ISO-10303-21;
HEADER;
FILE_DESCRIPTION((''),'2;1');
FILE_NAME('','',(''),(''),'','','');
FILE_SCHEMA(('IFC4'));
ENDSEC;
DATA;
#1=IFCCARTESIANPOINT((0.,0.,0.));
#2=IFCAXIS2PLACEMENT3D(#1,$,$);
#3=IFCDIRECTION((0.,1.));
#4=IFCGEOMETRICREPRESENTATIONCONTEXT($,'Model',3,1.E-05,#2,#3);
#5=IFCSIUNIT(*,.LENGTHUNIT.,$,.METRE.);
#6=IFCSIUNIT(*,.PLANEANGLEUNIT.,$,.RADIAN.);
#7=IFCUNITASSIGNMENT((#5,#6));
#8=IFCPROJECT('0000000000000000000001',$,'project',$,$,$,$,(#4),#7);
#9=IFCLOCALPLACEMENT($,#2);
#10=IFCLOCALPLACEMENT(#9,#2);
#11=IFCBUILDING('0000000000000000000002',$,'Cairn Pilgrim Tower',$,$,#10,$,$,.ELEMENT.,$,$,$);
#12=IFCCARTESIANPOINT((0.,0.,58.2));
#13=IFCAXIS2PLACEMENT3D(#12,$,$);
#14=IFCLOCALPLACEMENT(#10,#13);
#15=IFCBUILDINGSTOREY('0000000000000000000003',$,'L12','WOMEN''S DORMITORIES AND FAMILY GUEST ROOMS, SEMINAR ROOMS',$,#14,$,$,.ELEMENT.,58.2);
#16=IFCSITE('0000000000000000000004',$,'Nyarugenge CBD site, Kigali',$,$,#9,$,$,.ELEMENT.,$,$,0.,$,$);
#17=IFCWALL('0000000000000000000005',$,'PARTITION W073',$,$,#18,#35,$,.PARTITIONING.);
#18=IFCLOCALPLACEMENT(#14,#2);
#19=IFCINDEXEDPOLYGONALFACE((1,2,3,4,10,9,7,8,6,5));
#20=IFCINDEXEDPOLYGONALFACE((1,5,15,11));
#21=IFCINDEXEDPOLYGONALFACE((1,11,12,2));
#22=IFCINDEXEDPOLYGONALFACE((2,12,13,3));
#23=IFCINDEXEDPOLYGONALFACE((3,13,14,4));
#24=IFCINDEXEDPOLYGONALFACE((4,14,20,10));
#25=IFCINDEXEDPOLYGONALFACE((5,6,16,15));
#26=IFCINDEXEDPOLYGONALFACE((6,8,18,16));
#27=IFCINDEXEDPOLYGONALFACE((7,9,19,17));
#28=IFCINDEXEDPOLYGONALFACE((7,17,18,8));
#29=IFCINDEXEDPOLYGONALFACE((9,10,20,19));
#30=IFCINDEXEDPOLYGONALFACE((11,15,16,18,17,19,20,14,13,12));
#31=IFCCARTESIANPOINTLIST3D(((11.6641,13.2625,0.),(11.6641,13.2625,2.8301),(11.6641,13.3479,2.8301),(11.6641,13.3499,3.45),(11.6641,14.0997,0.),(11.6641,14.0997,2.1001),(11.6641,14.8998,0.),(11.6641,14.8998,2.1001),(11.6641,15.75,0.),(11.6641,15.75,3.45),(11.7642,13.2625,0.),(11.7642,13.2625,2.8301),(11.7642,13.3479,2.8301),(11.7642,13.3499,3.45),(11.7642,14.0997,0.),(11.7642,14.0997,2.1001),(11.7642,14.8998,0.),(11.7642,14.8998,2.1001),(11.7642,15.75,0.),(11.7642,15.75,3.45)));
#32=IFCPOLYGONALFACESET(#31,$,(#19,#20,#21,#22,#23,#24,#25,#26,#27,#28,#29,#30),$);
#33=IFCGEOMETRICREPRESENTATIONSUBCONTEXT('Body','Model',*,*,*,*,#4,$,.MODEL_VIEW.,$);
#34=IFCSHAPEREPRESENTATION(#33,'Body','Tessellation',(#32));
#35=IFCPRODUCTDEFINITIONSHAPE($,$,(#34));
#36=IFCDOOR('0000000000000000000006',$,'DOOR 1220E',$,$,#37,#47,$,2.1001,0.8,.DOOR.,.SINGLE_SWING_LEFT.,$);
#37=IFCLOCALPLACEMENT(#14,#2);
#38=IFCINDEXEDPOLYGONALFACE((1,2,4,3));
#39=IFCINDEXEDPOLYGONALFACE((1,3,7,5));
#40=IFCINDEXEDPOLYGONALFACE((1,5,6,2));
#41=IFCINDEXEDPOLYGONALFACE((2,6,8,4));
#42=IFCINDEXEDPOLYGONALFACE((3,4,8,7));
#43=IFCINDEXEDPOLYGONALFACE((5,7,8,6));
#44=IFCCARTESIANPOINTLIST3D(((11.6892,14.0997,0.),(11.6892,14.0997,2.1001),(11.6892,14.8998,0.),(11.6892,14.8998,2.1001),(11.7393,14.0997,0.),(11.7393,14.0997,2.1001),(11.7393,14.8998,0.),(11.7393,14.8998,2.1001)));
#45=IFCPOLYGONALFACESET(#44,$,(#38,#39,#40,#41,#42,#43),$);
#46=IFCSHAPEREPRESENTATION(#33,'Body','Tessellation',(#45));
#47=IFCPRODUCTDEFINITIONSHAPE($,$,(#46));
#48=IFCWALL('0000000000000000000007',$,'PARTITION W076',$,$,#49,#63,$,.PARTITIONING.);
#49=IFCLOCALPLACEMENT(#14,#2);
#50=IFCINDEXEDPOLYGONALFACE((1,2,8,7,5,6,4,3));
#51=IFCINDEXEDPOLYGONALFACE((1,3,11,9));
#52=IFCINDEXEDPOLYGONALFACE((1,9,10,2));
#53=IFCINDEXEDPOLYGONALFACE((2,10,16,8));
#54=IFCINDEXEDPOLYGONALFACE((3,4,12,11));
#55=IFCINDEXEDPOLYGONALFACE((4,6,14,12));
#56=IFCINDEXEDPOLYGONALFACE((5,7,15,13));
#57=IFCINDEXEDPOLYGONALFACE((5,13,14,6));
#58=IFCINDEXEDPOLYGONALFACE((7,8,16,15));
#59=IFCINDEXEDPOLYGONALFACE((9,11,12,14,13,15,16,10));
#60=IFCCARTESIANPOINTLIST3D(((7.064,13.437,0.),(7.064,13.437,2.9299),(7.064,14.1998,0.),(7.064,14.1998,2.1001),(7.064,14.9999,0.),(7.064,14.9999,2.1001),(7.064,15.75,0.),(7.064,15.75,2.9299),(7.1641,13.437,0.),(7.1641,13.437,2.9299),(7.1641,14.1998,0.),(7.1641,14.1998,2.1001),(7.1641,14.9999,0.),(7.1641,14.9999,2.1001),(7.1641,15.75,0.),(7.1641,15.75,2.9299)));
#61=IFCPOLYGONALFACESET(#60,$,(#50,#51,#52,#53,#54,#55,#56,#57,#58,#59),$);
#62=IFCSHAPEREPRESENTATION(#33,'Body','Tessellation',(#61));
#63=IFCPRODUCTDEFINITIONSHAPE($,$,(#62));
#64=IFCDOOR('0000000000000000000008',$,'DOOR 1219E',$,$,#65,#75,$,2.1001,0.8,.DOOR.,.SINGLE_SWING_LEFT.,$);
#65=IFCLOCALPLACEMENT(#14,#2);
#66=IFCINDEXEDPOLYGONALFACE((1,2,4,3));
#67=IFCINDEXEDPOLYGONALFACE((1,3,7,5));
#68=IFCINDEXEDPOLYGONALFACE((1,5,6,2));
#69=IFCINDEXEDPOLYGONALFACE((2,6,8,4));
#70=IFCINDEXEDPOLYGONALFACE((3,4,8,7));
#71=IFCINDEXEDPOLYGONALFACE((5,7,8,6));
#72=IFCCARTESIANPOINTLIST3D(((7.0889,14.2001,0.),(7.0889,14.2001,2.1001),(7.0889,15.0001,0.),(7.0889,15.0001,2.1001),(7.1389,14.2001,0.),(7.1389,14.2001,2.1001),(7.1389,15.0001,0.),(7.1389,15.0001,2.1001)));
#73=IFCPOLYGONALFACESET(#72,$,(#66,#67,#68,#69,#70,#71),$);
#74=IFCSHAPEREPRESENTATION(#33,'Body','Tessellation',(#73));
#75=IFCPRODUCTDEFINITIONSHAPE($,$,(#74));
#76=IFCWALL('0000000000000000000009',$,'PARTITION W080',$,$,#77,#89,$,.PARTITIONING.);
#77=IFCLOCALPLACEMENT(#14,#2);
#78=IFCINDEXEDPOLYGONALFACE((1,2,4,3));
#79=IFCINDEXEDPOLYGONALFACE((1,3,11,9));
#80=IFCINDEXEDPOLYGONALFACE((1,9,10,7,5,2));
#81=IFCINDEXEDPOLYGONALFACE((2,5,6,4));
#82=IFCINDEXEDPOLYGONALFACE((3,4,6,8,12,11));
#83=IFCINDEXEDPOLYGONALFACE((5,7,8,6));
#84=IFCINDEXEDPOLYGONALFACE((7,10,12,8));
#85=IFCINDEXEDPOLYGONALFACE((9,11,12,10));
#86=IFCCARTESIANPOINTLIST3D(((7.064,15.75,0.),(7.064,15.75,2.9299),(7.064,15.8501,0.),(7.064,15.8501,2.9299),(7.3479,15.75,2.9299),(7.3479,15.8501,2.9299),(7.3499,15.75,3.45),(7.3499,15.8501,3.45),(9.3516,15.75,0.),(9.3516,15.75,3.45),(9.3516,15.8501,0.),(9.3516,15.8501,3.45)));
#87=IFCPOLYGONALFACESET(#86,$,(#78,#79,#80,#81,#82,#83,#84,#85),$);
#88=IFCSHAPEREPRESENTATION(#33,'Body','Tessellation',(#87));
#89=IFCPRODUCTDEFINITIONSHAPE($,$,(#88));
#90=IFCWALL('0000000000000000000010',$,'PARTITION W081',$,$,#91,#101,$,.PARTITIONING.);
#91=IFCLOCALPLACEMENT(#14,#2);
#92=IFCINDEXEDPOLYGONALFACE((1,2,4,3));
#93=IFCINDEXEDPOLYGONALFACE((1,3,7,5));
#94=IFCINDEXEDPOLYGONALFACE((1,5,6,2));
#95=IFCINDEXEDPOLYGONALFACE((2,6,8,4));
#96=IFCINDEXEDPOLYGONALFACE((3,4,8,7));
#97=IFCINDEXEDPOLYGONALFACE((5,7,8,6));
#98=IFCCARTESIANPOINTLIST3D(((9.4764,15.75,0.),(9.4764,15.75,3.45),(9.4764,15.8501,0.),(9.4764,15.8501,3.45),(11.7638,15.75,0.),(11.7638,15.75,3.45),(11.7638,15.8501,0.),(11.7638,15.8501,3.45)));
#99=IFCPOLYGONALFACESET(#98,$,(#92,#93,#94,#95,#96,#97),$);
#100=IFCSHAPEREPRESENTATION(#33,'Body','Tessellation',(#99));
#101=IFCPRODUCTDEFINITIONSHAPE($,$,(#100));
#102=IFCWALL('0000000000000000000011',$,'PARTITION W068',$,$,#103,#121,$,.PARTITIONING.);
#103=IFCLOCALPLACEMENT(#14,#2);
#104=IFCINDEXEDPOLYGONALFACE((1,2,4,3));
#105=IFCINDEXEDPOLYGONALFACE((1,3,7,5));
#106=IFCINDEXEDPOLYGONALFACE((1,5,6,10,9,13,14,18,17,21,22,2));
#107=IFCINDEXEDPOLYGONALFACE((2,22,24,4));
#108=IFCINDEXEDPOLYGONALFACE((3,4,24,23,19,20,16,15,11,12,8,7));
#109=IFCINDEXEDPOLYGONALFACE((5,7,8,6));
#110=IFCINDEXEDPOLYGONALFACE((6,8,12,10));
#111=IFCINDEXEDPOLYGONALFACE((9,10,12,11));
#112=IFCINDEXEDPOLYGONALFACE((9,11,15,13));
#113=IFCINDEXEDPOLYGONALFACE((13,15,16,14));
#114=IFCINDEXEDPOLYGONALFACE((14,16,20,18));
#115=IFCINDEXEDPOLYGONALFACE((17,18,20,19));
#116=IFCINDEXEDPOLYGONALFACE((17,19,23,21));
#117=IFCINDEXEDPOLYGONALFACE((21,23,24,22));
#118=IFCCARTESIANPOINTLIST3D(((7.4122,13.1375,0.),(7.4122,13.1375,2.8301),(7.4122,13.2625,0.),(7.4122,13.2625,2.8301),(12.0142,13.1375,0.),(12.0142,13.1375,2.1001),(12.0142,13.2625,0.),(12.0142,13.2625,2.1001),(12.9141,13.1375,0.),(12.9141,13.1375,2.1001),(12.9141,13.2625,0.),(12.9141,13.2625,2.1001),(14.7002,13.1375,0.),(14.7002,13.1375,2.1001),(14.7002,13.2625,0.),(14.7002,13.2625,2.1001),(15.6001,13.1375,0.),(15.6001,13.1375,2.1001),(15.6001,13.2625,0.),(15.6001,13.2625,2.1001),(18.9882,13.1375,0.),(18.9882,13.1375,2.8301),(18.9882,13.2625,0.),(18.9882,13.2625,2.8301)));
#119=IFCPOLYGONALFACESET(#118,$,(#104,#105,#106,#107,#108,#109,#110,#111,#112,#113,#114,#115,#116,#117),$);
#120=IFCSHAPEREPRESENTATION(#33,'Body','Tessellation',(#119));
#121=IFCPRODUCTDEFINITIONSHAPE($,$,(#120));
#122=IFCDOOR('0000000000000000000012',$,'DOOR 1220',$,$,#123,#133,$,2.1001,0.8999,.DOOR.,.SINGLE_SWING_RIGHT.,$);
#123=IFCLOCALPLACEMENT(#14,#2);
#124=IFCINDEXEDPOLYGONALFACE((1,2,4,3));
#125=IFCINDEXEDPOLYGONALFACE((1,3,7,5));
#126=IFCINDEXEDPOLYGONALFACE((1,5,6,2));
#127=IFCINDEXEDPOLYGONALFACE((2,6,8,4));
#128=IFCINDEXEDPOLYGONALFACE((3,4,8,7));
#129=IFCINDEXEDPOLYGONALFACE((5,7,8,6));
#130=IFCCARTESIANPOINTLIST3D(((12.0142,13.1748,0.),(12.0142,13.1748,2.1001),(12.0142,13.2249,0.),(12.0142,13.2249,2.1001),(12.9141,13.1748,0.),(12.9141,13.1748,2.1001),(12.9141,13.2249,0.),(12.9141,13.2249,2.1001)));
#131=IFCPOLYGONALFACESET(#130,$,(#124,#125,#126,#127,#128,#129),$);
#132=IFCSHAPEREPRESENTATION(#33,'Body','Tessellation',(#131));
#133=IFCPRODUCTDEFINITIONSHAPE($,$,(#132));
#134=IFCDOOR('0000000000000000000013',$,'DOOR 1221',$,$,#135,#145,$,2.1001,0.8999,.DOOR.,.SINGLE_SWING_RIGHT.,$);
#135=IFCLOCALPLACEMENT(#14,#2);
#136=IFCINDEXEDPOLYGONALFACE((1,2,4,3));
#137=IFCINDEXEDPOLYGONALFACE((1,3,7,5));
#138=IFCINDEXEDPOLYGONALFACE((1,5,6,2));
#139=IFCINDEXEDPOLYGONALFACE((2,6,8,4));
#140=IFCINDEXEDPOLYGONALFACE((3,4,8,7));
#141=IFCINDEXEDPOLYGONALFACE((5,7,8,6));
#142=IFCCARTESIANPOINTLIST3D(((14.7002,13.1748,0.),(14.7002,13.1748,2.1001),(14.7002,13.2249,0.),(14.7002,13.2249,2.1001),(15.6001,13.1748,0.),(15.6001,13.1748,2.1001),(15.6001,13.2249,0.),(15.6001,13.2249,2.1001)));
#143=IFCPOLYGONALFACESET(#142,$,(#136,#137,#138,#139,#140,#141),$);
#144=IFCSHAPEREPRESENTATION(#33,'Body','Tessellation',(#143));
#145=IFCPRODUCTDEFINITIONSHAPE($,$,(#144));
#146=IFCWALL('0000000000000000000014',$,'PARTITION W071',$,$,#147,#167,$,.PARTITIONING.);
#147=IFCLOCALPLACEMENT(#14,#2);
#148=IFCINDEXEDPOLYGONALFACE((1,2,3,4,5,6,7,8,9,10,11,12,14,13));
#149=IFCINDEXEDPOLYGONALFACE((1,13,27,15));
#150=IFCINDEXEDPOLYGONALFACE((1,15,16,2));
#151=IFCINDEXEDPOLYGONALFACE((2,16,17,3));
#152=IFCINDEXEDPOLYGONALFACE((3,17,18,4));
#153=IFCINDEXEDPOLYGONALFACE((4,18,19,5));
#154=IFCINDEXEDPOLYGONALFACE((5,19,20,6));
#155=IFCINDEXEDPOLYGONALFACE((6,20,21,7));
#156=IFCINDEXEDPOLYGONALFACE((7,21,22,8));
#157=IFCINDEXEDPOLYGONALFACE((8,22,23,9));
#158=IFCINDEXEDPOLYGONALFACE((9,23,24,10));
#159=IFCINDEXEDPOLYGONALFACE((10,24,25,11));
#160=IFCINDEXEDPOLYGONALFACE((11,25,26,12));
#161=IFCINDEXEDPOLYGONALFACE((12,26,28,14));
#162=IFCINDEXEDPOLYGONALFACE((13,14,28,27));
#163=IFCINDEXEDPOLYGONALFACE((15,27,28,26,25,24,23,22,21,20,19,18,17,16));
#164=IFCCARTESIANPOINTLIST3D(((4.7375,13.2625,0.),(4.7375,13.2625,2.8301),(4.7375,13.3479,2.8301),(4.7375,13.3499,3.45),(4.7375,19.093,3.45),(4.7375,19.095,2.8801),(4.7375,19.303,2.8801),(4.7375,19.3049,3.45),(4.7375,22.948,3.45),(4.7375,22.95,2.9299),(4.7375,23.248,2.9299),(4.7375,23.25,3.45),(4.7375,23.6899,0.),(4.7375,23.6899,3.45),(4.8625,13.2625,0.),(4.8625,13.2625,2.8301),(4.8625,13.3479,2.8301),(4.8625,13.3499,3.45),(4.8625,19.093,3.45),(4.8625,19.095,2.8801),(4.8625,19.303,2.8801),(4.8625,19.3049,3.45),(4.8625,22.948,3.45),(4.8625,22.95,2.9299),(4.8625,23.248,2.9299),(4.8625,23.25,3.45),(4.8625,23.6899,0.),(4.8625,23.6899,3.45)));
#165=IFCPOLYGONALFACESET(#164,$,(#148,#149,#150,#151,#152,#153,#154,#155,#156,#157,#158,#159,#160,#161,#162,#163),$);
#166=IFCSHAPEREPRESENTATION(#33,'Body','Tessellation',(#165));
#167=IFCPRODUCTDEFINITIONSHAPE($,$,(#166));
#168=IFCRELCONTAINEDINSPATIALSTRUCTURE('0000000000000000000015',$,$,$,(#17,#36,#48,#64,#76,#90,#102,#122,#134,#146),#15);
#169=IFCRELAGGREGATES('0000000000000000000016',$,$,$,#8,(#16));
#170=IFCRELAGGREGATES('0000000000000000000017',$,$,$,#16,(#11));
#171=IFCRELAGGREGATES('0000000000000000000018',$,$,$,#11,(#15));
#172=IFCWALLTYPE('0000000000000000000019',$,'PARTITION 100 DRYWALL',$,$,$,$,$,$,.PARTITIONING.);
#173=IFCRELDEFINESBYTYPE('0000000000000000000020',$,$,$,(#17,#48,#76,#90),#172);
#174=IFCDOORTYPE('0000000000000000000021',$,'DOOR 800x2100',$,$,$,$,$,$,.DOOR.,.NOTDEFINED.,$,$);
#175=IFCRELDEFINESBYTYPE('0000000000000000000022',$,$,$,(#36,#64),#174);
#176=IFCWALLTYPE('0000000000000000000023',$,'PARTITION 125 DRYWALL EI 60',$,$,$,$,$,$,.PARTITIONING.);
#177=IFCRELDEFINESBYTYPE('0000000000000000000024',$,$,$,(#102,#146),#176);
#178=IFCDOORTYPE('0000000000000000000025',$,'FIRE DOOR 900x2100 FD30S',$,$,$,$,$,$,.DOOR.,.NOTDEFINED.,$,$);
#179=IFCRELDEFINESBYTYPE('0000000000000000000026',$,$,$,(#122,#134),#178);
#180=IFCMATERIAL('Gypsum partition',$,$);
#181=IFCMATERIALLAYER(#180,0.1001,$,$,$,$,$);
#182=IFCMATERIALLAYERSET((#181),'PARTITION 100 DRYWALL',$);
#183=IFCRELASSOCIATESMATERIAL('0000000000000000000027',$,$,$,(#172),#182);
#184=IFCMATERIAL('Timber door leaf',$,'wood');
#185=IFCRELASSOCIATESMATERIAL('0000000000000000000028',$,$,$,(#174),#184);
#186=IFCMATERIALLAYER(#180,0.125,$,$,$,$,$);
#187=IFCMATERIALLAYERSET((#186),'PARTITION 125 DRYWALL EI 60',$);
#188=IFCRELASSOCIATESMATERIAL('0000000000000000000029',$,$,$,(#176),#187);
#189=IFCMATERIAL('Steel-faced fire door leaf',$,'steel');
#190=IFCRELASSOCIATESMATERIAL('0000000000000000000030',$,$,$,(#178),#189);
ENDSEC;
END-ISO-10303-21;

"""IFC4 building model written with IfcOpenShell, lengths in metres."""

from ifc_helpers import new_model, si_unit, direction, frame, frame_2d, origin, place, context, subcontext, project, spatial, polyline, rectangle, outline, extrude, material, layer, layer_set, type_object, element, fill, save


model = new_model("IFC4")

# Units and contexts
model_context = context("Model", 3, precision=1e-05, world=origin(), true_north=direction((0.0, 1.0)))
body_context = subcontext(model_context, "Body", "Model", "MODEL_VIEW")
ifc_project = project(units=[si_unit("LENGTHUNIT", "METRE"), si_unit("PLANEANGLEUNIT", "RADIAN")], contexts=[model_context])

# Site, building, storey
site_placement = place(None, origin())
site = spatial("IfcSite", under=ifc_project, at=site_placement, Name="Nyarugenge CBD site, Kigali", CompositionType="ELEMENT", RefElevation=0.0)
building_placement = place(site_placement, origin())
building = spatial("IfcBuilding", under=site, at=building_placement, Name="Cairn Pilgrim Tower", CompositionType="ELEMENT")
storey_placement = place(building_placement, frame((0.0, 0.0, 58.2)))
storey = spatial("IfcBuildingStorey", under=building, at=storey_placement, Name="L12", Description="WOMEN'S DORMITORIES AND FAMILY GUEST ROOMS, SEMINAR ROOMS", CompositionType="ELEMENT", Elevation=58.2)

# Walls, openings, doors
ifc_material_1 = material(Name="Gypsum partition")
ifc_layer_1 = layer(ifc_material_1, 0.1001)
ifc_layer_set_1 = layer_set([ifc_layer_1], Name="PARTITION 100 DRYWALL")
wall_type_1 = type_object("IfcWallType", Name="PARTITION 100 DRYWALL", PredefinedType="PARTITIONING", material=ifc_layer_set_1)
wall_1_placement = place(storey_placement, frame((11.7141, 13.2625, 0.0), z_axis=(0.0, 0.0, 1.0), x_axis=(0.0, 1.0, 0.0)))
wall_1 = element("IfcWall", 1, at=wall_1_placement, inside=storey, type_object=wall_type_1, Name="PARTITION W073", PredefinedType="PARTITIONING", context=body_context, shape_type="SweptSolid", body=[
    extrude(outline(polyline([(0.0, 0.0), (2.4875, 0.0), (2.4875, 3.45), (0.0874, 3.45), (0.0854, 2.8301), (0.0, 2.8301), (0.0, 0.0)])), frame((0.0, 0.05, 0.0), z_axis=(0.0, -1.0, 0.0), x_axis=(1.0, 0.0, 0.0)), (0.0, 0.0, 1.0), 0.1001),
])
opening_1_placement = place(wall_1_placement, frame((0.8374, 0.0, 0.0)))
opening_1 = element("IfcOpeningElement", 2, at=opening_1_placement, cuts=wall_1, PredefinedType="OPENING", context=body_context, shape_type="SweptSolid", body=[
    extrude(rectangle(XDim=0.8, YDim=2.1001, at=frame_2d((0.3999, 1.05))), frame((0.0, 0.0601, 0.0), z_axis=(0.0, -1.0, 0.0), x_axis=(1.0, 0.0, 0.0)), (0.0, 0.0, 1.0), 0.1201),
])
ifc_material_2 = material(Name="Timber door leaf", Category="wood")
door_type_1 = type_object("IfcDoorType", Name="DOOR 800x2100", OperationType="NOTDEFINED", PredefinedType="DOOR", material=ifc_material_2)
door_1_placement = place(opening_1_placement, origin())
door_1 = element("IfcDoor", 3, at=door_1_placement, inside=storey, type_object=door_type_1, Name="DOOR 1220E", OperationType="SINGLE_SWING_LEFT", OverallHeight=2.1001, OverallWidth=0.8, PredefinedType="DOOR", context=body_context, shape_type="SweptSolid", body=[
    extrude(rectangle(XDim=0.8, YDim=2.1001, at=frame_2d((0.3999, 1.05))), frame((0.0, 0.0249, 0.0), z_axis=(0.0, -1.0, 0.0), x_axis=(1.0, 0.0, 0.0)), (0.0, 0.0, 1.0), 0.05),
])
fill(opening_1, door_1)
wall_2_placement = place(storey_placement, frame((7.114, 13.437, 0.0), z_axis=(0.0, 0.0, 1.0), x_axis=(0.0, 1.0, 0.0)))
wall_2 = element("IfcWall", 4, at=wall_2_placement, inside=storey, type_object=wall_type_1, Name="PARTITION W076", PredefinedType="PARTITIONING", context=body_context, shape_type="SweptSolid", body=[
    extrude(rectangle(XDim=2.313, YDim=0.1001, at=frame_2d((1.1565, 0.0))), origin(), (0.0, 0.0, 1.0), 2.9299),
])
opening_2_placement = place(wall_2_placement, frame((0.7629, 0.0, 0.0)))
opening_2 = element("IfcOpeningElement", 5, at=opening_2_placement, cuts=wall_2, PredefinedType="OPENING", context=body_context, shape_type="SweptSolid", body=[
    extrude(rectangle(XDim=0.8, YDim=2.1001, at=frame_2d((0.3999, 1.05))), frame((0.0, 0.0601, 0.0), z_axis=(0.0, -1.0, 0.0), x_axis=(1.0, 0.0, 0.0)), (0.0, 0.0, 1.0), 0.1201),
])
door_2_placement = place(opening_2_placement, frame((0.8, 0.0, 0.0), z_axis=(0.0, 0.0, 1.0), x_axis=(-1.0, 0.0, 0.0)))
door_2 = element("IfcDoor", 6, at=door_2_placement, inside=storey, type_object=door_type_1, Name="DOOR 1219E", OperationType="SINGLE_SWING_LEFT", OverallHeight=2.1001, OverallWidth=0.8, PredefinedType="DOOR", context=body_context, shape_type="SweptSolid", body=[
    extrude(rectangle(XDim=0.8, YDim=2.1001, at=frame_2d((0.3999, 1.05))), frame((0.0, 0.0249, 0.0), z_axis=(0.0, -1.0, 0.0), x_axis=(1.0, 0.0, 0.0)), (0.0, 0.0, 1.0), 0.05),
])
fill(opening_2, door_2)

# Walls
wall_3_placement = place(storey_placement, frame((7.064, 15.8, 0.0), z_axis=(0.0, 0.0, 1.0), x_axis=(1.0, 0.0, 0.0)))
element("IfcWall", 7, at=wall_3_placement, inside=storey, type_object=wall_type_1, Name="PARTITION W080", PredefinedType="PARTITIONING", context=body_context, shape_type="SweptSolid", body=[
    extrude(outline(polyline([(0.0, 0.0), (2.2876, 0.0), (2.2876, 3.45), (0.2859, 3.45), (0.2839, 2.9299), (0.0, 2.9299), (0.0, 0.0)])), frame((0.0, 0.05, 0.0), z_axis=(0.0, -1.0, 0.0), x_axis=(1.0, 0.0, 0.0)), (0.0, 0.0, 1.0), 0.1001),
])
wall_4_placement = place(storey_placement, frame((9.4766, 15.8, 0.0), z_axis=(0.0, 0.0, 1.0), x_axis=(1.0, 0.0, 0.0)))
element("IfcWall", 8, at=wall_4_placement, inside=storey, type_object=wall_type_1, Name="PARTITION W081", PredefinedType="PARTITIONING", context=body_context, shape_type="SweptSolid", body=[
    extrude(rectangle(XDim=2.2874, YDim=0.1001, at=frame_2d((1.1436, 0.0))), origin(), (0.0, 0.0, 1.0), 3.45),
])

# Wall, openings, doors
ifc_layer_2 = layer(ifc_material_1, 0.125)
ifc_layer_set_2 = layer_set([ifc_layer_2], Name="PARTITION 125 DRYWALL EI 60")
wall_type_2 = type_object("IfcWallType", Name="PARTITION 125 DRYWALL EI 60", PredefinedType="PARTITIONING", material=ifc_layer_set_2)
wall_5_placement = place(storey_placement, frame((7.4121, 13.2, 0.0), z_axis=(0.0, 0.0, 1.0), x_axis=(1.0, 0.0, 0.0)))
wall_5 = element("IfcWall", 9, at=wall_5_placement, inside=storey, type_object=wall_type_2, Name="PARTITION W068", PredefinedType="PARTITIONING", context=body_context, shape_type="SweptSolid", body=[
    extrude(rectangle(XDim=11.5759, YDim=0.125, at=frame_2d((5.7881, 0.0))), origin(), (0.0, 0.0, 1.0), 2.8301),
])
opening_3_placement = place(wall_5_placement, frame((4.6021, 0.0, 0.0)))
opening_3 = element("IfcOpeningElement", 10, at=opening_3_placement, cuts=wall_5, PredefinedType="OPENING", context=body_context, shape_type="SweptSolid", body=[
    extrude(rectangle(XDim=0.8999, YDim=2.1001, at=frame_2d((0.45, 1.05))), frame((0.0, 0.0725, 0.0), z_axis=(0.0, -1.0, 0.0), x_axis=(1.0, 0.0, 0.0)), (0.0, 0.0, 1.0), 0.145),
])
opening_4_placement = place(wall_5_placement, frame((7.2881, 0.0, 0.0)))
opening_4 = element("IfcOpeningElement", 11, at=opening_4_placement, cuts=wall_5, PredefinedType="OPENING", context=body_context, shape_type="SweptSolid", body=[
    extrude(rectangle(XDim=0.8999, YDim=2.1001, at=frame_2d((0.45, 1.05))), frame((0.0, 0.0725, 0.0), z_axis=(0.0, -1.0, 0.0), x_axis=(1.0, 0.0, 0.0)), (0.0, 0.0, 1.0), 0.145),
])
ifc_material_3 = material(Name="Steel-faced fire door leaf", Category="steel")
door_type_2 = type_object("IfcDoorType", Name="FIRE DOOR 900x2100 FD30S", OperationType="NOTDEFINED", PredefinedType="DOOR", material=ifc_material_3)
door_3_placement = place(opening_3_placement, origin())
door_3 = element("IfcDoor", 12, at=door_3_placement, inside=storey, type_object=door_type_2, Name="DOOR 1220", OperationType="SINGLE_SWING_RIGHT", OverallHeight=2.1001, OverallWidth=0.8999, PredefinedType="DOOR", context=body_context, shape_type="SweptSolid", body=[
    extrude(rectangle(XDim=0.8999, YDim=2.1001, at=frame_2d((0.45, 1.05))), frame((0.0, 0.0249, 0.0), z_axis=(0.0, -1.0, 0.0), x_axis=(1.0, 0.0, 0.0)), (0.0, 0.0, 1.0), 0.05),
])
fill(opening_3, door_3)
door_4_placement = place(opening_4_placement, origin())
door_4 = element("IfcDoor", 13, at=door_4_placement, inside=storey, type_object=door_type_2, Name="DOOR 1221", OperationType="SINGLE_SWING_RIGHT", OverallHeight=2.1001, OverallWidth=0.8999, PredefinedType="DOOR", context=body_context, shape_type="SweptSolid", body=[
    extrude(rectangle(XDim=0.8999, YDim=2.1001, at=frame_2d((0.45, 1.05))), frame((0.0, 0.0249, 0.0), z_axis=(0.0, -1.0, 0.0), x_axis=(1.0, 0.0, 0.0)), (0.0, 0.0, 1.0), 0.05),
])
fill(opening_4, door_4)

# Wall
wall_6_placement = place(storey_placement, frame((4.8, 13.2625, 0.0), z_axis=(0.0, 0.0, 1.0), x_axis=(0.0, 1.0, 0.0)))
element("IfcWall", 14, at=wall_6_placement, inside=storey, type_object=wall_type_2, Name="PARTITION W071", PredefinedType="PARTITIONING", context=body_context, shape_type="SweptSolid", body=[
    extrude(outline(polyline([(0.0, 0.0), (10.4275, 0.0), (10.4275, 3.45), (9.9875, 3.45), (9.9856, 2.9299), (9.6875, 2.9299), (9.6855, 3.45), (6.0425, 3.45), (6.0405, 2.8801), (5.8325, 2.8801), (5.8306, 3.45), (0.0874, 3.45), (0.0854, 2.8301), (0.0, 2.8301), (0.0, 0.0)])), frame((0.0, 0.0625, 0.0), z_axis=(0.0, -1.0, 0.0), x_axis=(1.0, 0.0, 0.0)), (0.0, 0.0, 1.0), 0.125),
])

save(model, "model.ifc")
